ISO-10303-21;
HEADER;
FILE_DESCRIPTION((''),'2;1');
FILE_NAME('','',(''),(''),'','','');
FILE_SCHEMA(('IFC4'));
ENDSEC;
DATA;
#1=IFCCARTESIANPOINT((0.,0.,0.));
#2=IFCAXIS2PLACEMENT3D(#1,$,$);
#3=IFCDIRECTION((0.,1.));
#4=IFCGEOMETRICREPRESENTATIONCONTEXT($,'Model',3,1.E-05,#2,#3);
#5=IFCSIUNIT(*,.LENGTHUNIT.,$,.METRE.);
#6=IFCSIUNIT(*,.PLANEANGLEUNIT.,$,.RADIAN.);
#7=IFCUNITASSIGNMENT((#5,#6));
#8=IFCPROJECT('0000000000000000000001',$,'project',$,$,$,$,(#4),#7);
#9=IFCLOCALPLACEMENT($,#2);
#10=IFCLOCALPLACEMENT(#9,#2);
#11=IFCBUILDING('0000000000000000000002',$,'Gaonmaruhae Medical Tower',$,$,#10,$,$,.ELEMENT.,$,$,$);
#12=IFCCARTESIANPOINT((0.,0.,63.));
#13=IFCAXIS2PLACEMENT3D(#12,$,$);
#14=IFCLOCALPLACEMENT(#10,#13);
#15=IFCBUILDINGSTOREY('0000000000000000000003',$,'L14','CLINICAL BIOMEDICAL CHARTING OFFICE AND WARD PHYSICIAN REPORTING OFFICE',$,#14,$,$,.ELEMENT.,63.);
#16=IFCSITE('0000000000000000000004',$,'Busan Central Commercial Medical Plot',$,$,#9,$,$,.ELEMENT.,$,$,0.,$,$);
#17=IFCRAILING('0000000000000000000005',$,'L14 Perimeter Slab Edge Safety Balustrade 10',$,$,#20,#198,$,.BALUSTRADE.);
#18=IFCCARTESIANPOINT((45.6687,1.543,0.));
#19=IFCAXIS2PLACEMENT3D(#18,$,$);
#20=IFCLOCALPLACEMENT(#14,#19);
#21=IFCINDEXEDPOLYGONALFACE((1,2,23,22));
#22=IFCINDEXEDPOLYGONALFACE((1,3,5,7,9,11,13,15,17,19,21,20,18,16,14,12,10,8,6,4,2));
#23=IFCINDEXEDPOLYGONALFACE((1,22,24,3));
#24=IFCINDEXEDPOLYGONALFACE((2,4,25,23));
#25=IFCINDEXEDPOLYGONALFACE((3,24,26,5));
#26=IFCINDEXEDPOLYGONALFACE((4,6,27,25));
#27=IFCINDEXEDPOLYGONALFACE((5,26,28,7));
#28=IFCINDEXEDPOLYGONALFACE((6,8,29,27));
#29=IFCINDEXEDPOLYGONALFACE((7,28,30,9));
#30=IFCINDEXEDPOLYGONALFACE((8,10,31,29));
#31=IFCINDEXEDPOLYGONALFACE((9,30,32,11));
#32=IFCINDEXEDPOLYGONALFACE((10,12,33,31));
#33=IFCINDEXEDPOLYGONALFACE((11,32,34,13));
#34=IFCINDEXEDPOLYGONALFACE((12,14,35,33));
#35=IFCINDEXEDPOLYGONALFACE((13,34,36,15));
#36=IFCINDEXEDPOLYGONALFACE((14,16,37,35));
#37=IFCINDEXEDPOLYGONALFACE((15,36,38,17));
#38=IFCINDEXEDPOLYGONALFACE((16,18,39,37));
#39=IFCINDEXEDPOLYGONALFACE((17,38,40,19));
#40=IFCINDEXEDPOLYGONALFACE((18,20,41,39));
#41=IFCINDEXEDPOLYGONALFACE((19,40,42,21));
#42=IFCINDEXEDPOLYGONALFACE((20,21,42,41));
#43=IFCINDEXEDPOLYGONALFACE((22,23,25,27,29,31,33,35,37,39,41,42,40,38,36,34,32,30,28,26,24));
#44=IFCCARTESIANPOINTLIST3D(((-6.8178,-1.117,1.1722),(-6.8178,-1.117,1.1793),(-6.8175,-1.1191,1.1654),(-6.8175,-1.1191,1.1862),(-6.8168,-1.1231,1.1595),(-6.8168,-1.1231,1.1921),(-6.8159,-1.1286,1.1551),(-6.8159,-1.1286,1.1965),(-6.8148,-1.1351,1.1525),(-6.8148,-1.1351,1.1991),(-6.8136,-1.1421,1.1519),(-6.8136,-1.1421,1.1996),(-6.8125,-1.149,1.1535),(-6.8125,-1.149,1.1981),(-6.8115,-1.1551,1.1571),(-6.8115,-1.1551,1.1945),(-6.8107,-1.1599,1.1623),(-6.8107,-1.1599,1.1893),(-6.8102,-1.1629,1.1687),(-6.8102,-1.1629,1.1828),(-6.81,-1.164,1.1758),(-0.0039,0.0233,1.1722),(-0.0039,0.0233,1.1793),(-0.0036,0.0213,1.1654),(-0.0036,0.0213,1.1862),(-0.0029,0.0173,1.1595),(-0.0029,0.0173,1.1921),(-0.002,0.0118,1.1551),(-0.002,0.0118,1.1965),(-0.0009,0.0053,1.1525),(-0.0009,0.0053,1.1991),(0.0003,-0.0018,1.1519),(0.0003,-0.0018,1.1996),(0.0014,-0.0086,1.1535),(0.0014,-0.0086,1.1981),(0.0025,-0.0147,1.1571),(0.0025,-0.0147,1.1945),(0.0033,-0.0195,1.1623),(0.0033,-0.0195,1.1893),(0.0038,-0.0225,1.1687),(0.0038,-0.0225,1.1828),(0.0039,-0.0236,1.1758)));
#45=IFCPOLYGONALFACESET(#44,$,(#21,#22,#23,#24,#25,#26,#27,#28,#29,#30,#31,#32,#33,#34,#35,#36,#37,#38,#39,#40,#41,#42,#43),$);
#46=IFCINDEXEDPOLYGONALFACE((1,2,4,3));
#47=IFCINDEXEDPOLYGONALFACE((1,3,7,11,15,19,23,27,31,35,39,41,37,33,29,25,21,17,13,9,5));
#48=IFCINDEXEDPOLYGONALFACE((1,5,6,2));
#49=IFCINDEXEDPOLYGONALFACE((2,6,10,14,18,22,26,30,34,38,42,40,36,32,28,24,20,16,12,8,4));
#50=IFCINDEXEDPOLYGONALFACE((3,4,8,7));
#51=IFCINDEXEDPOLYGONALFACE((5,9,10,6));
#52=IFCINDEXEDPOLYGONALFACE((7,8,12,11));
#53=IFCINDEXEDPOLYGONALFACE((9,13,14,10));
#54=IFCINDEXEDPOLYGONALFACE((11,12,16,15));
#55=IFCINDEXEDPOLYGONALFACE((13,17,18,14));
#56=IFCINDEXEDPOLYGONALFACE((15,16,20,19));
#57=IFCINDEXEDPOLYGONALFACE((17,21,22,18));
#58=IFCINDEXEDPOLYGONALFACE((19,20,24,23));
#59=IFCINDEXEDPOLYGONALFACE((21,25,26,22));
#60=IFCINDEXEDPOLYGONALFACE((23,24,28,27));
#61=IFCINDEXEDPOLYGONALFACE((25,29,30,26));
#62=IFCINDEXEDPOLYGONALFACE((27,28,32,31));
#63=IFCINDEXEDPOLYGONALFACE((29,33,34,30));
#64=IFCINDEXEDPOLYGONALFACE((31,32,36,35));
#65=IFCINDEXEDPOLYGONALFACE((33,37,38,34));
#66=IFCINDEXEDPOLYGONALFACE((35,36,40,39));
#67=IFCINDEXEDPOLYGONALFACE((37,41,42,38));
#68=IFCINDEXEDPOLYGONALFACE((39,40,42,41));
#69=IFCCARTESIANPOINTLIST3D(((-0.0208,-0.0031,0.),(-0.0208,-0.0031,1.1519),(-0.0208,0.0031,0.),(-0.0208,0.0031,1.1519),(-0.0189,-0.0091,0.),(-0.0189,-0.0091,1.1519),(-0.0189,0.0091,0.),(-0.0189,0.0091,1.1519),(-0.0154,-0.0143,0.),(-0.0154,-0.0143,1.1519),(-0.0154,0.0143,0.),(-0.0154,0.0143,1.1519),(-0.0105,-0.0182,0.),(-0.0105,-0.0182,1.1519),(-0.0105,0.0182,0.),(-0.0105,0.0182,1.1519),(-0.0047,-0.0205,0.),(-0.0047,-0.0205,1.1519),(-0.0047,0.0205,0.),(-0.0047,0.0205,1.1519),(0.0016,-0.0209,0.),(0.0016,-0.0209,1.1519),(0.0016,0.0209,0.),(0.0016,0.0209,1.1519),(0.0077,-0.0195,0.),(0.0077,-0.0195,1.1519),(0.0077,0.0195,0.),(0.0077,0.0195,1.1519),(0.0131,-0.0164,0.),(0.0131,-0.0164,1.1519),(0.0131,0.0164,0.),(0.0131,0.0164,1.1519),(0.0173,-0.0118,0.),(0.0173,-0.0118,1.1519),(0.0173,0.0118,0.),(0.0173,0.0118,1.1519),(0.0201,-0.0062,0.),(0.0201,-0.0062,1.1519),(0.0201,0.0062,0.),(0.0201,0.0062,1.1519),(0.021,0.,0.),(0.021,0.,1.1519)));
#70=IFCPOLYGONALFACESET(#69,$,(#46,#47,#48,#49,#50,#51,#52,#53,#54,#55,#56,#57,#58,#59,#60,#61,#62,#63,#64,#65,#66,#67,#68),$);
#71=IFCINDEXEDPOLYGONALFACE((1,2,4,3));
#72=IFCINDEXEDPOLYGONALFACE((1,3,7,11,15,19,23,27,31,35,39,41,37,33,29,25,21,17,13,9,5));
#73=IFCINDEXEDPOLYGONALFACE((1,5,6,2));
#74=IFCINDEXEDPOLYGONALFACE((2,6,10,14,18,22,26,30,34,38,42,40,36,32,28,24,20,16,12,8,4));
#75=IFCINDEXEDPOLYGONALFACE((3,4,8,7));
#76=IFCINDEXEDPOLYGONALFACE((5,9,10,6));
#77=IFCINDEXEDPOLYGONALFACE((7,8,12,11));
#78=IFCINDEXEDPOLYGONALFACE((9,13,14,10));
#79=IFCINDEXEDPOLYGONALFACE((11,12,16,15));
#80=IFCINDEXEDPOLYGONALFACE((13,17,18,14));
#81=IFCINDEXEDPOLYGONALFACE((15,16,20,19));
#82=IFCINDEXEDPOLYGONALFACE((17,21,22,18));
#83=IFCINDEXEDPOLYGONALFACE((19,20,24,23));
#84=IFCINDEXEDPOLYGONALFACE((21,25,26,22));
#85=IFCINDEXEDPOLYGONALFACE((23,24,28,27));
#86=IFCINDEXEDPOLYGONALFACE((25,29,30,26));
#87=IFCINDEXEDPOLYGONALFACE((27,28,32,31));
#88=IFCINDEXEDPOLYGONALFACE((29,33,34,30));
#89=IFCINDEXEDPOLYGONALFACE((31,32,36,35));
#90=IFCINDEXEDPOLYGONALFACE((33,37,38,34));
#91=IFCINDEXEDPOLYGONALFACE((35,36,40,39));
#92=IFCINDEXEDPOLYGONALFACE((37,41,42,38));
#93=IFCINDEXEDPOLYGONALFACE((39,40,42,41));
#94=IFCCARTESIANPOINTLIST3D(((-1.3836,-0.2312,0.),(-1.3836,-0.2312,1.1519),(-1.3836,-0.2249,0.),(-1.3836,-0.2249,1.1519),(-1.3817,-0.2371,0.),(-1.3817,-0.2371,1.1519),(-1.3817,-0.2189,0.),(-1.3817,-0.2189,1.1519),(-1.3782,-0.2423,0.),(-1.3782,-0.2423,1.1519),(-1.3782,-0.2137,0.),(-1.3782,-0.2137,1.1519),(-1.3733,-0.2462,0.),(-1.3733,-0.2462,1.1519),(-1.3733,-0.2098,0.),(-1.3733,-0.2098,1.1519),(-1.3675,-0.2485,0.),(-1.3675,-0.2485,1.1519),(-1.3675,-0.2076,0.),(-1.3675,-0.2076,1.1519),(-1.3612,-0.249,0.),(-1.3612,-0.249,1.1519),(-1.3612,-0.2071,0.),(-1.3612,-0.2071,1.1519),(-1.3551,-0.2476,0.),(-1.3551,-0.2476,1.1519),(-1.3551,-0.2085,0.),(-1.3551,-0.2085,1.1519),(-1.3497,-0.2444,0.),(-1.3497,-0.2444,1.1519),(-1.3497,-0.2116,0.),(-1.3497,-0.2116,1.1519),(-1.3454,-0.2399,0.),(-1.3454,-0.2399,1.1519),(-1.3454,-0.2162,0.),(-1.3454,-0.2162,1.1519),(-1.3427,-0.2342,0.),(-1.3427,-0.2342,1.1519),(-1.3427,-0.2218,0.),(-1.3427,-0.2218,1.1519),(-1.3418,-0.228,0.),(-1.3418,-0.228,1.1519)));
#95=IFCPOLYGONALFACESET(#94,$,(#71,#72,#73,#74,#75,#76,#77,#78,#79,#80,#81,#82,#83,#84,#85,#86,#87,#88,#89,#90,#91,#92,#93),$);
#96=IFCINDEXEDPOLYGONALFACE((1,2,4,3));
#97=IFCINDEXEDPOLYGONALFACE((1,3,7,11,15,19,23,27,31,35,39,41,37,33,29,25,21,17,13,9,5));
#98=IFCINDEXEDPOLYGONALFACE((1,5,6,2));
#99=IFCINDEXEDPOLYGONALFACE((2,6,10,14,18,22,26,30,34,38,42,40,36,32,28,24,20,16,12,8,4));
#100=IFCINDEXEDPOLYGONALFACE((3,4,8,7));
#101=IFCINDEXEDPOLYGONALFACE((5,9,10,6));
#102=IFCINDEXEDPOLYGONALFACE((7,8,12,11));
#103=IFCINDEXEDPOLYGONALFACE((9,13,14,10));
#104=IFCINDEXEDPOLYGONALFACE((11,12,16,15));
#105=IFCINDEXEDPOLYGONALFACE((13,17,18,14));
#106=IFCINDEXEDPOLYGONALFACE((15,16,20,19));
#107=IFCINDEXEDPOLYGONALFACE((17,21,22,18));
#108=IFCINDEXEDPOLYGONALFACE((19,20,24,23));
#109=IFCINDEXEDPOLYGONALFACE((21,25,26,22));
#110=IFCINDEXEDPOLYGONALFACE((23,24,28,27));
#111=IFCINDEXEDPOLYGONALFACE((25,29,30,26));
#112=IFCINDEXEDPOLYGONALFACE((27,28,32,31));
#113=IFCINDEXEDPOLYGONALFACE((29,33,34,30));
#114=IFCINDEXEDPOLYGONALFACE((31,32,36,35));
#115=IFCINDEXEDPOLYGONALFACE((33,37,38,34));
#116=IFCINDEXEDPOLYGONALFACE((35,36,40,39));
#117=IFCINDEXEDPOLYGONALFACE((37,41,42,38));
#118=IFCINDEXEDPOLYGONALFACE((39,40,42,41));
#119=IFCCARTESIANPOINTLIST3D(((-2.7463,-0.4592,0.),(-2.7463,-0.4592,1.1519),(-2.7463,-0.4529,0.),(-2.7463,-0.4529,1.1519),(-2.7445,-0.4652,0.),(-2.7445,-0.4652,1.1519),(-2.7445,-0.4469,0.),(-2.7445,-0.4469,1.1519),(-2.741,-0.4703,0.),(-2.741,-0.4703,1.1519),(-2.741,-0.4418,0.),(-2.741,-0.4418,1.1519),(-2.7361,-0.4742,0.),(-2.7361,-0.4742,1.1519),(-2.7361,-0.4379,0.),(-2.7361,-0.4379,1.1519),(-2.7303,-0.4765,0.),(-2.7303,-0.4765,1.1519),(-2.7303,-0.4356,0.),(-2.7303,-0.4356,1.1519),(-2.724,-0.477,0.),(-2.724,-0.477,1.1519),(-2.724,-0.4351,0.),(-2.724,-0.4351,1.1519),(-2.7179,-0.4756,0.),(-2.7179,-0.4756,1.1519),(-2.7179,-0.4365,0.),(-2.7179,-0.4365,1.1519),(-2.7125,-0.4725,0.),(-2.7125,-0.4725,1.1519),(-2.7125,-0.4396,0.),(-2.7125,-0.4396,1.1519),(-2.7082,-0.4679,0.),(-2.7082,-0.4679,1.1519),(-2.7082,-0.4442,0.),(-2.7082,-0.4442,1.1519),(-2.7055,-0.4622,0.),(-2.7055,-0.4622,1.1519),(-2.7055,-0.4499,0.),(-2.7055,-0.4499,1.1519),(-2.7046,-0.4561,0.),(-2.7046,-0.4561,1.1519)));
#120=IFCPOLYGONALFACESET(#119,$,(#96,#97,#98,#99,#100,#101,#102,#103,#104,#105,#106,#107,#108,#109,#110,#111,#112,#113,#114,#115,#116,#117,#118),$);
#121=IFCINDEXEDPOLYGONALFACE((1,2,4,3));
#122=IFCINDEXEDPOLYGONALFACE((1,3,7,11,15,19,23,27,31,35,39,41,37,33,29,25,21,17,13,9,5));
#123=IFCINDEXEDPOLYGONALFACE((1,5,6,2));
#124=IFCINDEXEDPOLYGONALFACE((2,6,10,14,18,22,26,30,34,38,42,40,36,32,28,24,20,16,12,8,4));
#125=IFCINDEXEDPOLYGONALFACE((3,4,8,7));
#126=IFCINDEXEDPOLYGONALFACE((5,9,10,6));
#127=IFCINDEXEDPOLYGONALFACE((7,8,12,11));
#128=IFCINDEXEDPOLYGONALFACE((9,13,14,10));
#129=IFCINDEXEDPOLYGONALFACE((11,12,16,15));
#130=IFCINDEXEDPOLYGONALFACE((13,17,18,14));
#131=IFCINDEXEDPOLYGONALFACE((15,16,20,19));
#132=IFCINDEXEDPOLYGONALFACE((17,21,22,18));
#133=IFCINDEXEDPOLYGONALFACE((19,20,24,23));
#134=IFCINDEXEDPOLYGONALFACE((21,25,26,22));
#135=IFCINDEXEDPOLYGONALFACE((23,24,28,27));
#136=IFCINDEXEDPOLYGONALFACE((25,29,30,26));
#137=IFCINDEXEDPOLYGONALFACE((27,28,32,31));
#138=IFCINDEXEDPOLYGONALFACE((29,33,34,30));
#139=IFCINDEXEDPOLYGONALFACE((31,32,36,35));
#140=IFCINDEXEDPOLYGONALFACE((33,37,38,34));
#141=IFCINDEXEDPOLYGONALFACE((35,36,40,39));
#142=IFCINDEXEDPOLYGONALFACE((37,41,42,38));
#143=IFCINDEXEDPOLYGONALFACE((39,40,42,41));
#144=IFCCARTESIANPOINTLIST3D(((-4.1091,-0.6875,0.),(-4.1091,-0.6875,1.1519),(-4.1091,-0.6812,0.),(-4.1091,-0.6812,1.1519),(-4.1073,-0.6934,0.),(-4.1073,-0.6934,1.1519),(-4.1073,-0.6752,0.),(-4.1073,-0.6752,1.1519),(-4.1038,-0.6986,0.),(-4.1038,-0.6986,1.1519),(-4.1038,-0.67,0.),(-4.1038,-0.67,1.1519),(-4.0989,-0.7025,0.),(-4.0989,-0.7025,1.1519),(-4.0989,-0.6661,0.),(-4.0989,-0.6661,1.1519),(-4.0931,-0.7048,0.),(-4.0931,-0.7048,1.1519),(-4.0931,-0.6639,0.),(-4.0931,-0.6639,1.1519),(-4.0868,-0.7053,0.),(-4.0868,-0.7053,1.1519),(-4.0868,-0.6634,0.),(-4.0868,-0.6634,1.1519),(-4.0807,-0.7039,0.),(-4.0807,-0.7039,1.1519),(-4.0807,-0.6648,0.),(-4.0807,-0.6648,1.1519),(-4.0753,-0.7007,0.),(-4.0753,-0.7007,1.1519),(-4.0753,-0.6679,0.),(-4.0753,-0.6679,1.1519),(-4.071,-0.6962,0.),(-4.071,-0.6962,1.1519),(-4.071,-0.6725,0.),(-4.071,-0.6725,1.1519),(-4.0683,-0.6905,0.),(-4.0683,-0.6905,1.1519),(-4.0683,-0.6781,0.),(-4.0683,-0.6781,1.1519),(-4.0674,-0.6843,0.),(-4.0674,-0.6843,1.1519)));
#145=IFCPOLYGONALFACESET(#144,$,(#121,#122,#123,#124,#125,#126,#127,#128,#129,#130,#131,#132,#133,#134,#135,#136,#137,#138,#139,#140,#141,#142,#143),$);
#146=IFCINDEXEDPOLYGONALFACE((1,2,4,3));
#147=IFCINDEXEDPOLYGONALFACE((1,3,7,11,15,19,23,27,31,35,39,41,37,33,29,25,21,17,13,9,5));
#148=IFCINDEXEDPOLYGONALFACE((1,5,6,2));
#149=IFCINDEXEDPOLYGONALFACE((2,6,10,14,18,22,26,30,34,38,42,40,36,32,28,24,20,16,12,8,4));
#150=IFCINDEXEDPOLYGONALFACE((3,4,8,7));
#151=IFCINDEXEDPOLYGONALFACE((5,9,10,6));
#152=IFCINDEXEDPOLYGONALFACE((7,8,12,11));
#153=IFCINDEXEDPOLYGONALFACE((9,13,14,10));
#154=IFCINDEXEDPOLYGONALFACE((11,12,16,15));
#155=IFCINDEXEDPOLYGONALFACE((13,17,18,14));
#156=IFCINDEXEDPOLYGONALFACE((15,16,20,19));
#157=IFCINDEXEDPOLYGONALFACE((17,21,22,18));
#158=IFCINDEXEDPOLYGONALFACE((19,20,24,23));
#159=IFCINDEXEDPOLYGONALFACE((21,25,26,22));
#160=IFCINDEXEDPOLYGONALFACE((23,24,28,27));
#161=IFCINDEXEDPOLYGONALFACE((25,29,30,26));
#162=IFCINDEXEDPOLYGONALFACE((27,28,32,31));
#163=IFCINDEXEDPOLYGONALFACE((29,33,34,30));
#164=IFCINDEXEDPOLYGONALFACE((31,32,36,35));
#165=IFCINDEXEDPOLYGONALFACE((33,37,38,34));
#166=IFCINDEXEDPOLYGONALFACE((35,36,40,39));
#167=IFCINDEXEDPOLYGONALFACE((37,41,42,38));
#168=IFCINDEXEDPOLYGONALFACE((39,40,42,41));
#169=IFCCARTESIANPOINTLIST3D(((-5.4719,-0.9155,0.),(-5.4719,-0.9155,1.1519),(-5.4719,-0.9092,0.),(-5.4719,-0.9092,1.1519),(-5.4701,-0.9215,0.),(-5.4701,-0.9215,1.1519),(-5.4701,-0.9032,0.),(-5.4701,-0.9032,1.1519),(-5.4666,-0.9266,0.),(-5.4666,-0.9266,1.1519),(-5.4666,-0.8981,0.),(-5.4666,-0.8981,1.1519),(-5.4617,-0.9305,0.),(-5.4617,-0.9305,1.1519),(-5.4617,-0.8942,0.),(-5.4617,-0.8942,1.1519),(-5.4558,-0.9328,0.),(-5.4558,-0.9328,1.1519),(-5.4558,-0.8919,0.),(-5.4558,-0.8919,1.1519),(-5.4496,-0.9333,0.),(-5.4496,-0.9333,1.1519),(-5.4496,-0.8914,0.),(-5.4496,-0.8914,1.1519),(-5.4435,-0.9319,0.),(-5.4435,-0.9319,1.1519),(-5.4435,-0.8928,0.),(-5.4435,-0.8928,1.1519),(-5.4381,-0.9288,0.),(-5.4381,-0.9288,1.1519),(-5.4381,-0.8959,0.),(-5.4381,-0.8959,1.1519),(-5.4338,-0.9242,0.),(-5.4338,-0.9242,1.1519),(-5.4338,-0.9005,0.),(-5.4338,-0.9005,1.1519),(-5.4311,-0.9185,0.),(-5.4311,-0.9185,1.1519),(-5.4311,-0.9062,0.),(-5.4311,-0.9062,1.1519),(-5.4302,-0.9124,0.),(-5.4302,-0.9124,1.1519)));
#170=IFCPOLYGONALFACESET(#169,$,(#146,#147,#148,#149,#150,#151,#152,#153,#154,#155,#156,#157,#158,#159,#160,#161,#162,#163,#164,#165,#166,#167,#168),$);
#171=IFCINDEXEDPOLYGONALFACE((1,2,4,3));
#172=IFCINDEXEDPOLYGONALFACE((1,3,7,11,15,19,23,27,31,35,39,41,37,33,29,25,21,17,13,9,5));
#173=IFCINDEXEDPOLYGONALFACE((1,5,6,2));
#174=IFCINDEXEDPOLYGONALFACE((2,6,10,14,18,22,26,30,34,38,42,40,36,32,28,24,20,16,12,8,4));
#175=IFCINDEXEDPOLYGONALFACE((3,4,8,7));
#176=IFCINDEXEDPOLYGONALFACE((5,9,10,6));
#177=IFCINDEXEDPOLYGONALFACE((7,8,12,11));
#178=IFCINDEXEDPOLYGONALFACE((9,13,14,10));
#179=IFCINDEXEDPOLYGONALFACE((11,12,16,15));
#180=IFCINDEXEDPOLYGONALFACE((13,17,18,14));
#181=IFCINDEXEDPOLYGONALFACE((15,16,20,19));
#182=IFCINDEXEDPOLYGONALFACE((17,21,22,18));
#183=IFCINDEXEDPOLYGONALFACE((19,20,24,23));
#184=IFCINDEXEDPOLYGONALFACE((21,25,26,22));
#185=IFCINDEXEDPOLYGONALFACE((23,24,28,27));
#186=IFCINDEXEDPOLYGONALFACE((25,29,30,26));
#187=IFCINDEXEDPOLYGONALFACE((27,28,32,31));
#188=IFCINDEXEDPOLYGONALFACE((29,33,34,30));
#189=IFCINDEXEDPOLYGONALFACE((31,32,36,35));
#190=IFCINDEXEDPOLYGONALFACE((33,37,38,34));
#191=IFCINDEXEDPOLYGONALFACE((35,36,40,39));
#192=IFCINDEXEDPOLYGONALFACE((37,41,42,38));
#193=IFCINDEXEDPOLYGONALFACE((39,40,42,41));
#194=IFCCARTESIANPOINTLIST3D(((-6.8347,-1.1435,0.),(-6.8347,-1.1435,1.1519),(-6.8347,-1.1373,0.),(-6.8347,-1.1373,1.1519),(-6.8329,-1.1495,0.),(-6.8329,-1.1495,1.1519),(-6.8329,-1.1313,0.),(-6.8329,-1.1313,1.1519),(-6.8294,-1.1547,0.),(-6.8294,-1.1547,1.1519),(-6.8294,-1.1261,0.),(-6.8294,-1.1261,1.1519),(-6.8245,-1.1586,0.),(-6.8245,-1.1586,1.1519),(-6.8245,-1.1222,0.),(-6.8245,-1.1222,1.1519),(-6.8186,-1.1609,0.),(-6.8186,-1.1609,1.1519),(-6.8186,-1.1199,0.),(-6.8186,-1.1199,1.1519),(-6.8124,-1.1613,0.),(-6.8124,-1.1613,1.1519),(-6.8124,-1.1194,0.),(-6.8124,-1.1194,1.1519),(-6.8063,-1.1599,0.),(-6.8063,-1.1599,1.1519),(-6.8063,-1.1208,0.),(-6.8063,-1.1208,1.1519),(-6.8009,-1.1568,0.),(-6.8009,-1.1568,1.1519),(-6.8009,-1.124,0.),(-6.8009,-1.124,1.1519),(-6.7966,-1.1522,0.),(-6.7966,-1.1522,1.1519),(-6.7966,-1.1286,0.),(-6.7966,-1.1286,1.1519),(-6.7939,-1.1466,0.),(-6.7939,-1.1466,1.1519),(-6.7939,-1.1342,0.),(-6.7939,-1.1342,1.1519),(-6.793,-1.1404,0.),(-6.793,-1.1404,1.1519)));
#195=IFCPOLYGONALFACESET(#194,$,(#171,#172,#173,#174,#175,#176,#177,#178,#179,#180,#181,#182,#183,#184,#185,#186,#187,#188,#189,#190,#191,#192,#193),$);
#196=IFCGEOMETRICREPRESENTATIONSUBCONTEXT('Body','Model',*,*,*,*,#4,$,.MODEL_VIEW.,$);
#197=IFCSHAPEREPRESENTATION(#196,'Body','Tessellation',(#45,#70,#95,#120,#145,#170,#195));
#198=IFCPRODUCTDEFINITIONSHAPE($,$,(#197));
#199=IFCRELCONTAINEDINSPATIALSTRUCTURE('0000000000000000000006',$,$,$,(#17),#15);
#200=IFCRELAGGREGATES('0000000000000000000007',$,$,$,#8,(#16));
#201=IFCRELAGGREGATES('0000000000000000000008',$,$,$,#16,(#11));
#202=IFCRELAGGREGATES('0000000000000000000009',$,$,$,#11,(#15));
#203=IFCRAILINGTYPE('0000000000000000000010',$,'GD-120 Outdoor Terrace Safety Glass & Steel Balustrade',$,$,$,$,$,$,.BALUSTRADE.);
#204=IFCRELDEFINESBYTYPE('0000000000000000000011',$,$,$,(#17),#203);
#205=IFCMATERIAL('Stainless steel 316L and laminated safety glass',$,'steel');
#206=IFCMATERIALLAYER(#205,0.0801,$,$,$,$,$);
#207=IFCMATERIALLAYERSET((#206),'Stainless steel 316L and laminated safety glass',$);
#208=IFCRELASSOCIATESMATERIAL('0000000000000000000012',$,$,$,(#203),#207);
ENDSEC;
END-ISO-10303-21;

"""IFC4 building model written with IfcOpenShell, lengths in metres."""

from ifc_helpers import new_model, si_unit, direction, frame, origin, origin_2d, place, context, subcontext, project, spatial, circle, extrude, material, layer, layer_set, type_object, element, save


model = new_model("IFC4")

# Units and contexts
model_context = context("Model", 3, precision=1e-05, world=origin(), true_north=direction((0.0, 1.0)))
body_context = subcontext(model_context, "Body", "Model", "MODEL_VIEW")
ifc_project = project(units=[si_unit("LENGTHUNIT", "METRE"), si_unit("PLANEANGLEUNIT", "RADIAN")], contexts=[model_context])

# Site, building, storey
site_placement = place(None, origin())
site = spatial("IfcSite", under=ifc_project, at=site_placement, Name="Busan Central Commercial Medical Plot", CompositionType="ELEMENT", RefElevation=0.0)
building_placement = place(site_placement, origin())
building = spatial("IfcBuilding", under=site, at=building_placement, Name="Gaonmaruhae Medical Tower", CompositionType="ELEMENT")
storey_placement = place(building_placement, frame((0.0, 0.0, 63.0)))
storey = spatial("IfcBuildingStorey", under=building, at=storey_placement, Name="L14", Description="CLINICAL BIOMEDICAL CHARTING OFFICE AND WARD PHYSICIAN REPORTING OFFICE", CompositionType="ELEMENT", Elevation=63.0)

# Railing
ifc_material_1 = material(Name="Stainless steel 316L and laminated safety glass", Category="steel")
ifc_layer_1 = layer(ifc_material_1, 0.0801)
ifc_layer_set_1 = layer_set([ifc_layer_1], Name="Stainless steel 316L and laminated safety glass")
railing_type = type_object("IfcRailingType", Name="GD-120 Outdoor Terrace Safety Glass & Steel Balustrade", PredefinedType="BALUSTRADE", material=ifc_layer_set_1)
railing_1_placement = place(storey_placement, frame((45.6687, 1.543, 0.0)))
element("IfcRailing", 1, at=railing_1_placement, inside=storey, type_object=railing_type, Name="L14 Perimeter Slab Edge Safety Balustrade 10", PredefinedType="BALUSTRADE", context=body_context, shape_type="SweptSolid", body=[
    extrude(circle(Radius=0.0239, at=origin_2d()), frame((0.0, 0.0, 1.1758), z_axis=(-0.986283, -0.165064, 0.0), x_axis=(0.165064, -0.986283, 0.0)), (0.0, 0.0, 1.0), 6.9087),
    extrude(circle(Radius=0.021, at=origin_2d()), origin(), (0.0, 0.0, 1.0), 1.1519),
    extrude(circle(Radius=0.021, at=origin_2d()), frame((-1.3628, -0.228, 0.0)), (0.0, 0.0, 1.0), 1.1519),
    extrude(circle(Radius=0.021, at=origin_2d()), frame((-2.7256, -0.4561, 0.0)), (0.0, 0.0, 1.0), 1.1519),
    extrude(circle(Radius=0.021, at=origin_2d()), frame((-4.0884, -0.6843, 0.0)), (0.0, 0.0, 1.0), 1.1519),
    extrude(circle(Radius=0.021, at=origin_2d()), frame((-5.4512, -0.9124, 0.0)), (0.0, 0.0, 1.0), 1.1519),
    extrude(circle(Radius=0.021, at=origin_2d()), frame((-6.814, -1.1404, 0.0)), (0.0, 0.0, 1.0), 1.1519),
])

save(model, "model.ifc")
